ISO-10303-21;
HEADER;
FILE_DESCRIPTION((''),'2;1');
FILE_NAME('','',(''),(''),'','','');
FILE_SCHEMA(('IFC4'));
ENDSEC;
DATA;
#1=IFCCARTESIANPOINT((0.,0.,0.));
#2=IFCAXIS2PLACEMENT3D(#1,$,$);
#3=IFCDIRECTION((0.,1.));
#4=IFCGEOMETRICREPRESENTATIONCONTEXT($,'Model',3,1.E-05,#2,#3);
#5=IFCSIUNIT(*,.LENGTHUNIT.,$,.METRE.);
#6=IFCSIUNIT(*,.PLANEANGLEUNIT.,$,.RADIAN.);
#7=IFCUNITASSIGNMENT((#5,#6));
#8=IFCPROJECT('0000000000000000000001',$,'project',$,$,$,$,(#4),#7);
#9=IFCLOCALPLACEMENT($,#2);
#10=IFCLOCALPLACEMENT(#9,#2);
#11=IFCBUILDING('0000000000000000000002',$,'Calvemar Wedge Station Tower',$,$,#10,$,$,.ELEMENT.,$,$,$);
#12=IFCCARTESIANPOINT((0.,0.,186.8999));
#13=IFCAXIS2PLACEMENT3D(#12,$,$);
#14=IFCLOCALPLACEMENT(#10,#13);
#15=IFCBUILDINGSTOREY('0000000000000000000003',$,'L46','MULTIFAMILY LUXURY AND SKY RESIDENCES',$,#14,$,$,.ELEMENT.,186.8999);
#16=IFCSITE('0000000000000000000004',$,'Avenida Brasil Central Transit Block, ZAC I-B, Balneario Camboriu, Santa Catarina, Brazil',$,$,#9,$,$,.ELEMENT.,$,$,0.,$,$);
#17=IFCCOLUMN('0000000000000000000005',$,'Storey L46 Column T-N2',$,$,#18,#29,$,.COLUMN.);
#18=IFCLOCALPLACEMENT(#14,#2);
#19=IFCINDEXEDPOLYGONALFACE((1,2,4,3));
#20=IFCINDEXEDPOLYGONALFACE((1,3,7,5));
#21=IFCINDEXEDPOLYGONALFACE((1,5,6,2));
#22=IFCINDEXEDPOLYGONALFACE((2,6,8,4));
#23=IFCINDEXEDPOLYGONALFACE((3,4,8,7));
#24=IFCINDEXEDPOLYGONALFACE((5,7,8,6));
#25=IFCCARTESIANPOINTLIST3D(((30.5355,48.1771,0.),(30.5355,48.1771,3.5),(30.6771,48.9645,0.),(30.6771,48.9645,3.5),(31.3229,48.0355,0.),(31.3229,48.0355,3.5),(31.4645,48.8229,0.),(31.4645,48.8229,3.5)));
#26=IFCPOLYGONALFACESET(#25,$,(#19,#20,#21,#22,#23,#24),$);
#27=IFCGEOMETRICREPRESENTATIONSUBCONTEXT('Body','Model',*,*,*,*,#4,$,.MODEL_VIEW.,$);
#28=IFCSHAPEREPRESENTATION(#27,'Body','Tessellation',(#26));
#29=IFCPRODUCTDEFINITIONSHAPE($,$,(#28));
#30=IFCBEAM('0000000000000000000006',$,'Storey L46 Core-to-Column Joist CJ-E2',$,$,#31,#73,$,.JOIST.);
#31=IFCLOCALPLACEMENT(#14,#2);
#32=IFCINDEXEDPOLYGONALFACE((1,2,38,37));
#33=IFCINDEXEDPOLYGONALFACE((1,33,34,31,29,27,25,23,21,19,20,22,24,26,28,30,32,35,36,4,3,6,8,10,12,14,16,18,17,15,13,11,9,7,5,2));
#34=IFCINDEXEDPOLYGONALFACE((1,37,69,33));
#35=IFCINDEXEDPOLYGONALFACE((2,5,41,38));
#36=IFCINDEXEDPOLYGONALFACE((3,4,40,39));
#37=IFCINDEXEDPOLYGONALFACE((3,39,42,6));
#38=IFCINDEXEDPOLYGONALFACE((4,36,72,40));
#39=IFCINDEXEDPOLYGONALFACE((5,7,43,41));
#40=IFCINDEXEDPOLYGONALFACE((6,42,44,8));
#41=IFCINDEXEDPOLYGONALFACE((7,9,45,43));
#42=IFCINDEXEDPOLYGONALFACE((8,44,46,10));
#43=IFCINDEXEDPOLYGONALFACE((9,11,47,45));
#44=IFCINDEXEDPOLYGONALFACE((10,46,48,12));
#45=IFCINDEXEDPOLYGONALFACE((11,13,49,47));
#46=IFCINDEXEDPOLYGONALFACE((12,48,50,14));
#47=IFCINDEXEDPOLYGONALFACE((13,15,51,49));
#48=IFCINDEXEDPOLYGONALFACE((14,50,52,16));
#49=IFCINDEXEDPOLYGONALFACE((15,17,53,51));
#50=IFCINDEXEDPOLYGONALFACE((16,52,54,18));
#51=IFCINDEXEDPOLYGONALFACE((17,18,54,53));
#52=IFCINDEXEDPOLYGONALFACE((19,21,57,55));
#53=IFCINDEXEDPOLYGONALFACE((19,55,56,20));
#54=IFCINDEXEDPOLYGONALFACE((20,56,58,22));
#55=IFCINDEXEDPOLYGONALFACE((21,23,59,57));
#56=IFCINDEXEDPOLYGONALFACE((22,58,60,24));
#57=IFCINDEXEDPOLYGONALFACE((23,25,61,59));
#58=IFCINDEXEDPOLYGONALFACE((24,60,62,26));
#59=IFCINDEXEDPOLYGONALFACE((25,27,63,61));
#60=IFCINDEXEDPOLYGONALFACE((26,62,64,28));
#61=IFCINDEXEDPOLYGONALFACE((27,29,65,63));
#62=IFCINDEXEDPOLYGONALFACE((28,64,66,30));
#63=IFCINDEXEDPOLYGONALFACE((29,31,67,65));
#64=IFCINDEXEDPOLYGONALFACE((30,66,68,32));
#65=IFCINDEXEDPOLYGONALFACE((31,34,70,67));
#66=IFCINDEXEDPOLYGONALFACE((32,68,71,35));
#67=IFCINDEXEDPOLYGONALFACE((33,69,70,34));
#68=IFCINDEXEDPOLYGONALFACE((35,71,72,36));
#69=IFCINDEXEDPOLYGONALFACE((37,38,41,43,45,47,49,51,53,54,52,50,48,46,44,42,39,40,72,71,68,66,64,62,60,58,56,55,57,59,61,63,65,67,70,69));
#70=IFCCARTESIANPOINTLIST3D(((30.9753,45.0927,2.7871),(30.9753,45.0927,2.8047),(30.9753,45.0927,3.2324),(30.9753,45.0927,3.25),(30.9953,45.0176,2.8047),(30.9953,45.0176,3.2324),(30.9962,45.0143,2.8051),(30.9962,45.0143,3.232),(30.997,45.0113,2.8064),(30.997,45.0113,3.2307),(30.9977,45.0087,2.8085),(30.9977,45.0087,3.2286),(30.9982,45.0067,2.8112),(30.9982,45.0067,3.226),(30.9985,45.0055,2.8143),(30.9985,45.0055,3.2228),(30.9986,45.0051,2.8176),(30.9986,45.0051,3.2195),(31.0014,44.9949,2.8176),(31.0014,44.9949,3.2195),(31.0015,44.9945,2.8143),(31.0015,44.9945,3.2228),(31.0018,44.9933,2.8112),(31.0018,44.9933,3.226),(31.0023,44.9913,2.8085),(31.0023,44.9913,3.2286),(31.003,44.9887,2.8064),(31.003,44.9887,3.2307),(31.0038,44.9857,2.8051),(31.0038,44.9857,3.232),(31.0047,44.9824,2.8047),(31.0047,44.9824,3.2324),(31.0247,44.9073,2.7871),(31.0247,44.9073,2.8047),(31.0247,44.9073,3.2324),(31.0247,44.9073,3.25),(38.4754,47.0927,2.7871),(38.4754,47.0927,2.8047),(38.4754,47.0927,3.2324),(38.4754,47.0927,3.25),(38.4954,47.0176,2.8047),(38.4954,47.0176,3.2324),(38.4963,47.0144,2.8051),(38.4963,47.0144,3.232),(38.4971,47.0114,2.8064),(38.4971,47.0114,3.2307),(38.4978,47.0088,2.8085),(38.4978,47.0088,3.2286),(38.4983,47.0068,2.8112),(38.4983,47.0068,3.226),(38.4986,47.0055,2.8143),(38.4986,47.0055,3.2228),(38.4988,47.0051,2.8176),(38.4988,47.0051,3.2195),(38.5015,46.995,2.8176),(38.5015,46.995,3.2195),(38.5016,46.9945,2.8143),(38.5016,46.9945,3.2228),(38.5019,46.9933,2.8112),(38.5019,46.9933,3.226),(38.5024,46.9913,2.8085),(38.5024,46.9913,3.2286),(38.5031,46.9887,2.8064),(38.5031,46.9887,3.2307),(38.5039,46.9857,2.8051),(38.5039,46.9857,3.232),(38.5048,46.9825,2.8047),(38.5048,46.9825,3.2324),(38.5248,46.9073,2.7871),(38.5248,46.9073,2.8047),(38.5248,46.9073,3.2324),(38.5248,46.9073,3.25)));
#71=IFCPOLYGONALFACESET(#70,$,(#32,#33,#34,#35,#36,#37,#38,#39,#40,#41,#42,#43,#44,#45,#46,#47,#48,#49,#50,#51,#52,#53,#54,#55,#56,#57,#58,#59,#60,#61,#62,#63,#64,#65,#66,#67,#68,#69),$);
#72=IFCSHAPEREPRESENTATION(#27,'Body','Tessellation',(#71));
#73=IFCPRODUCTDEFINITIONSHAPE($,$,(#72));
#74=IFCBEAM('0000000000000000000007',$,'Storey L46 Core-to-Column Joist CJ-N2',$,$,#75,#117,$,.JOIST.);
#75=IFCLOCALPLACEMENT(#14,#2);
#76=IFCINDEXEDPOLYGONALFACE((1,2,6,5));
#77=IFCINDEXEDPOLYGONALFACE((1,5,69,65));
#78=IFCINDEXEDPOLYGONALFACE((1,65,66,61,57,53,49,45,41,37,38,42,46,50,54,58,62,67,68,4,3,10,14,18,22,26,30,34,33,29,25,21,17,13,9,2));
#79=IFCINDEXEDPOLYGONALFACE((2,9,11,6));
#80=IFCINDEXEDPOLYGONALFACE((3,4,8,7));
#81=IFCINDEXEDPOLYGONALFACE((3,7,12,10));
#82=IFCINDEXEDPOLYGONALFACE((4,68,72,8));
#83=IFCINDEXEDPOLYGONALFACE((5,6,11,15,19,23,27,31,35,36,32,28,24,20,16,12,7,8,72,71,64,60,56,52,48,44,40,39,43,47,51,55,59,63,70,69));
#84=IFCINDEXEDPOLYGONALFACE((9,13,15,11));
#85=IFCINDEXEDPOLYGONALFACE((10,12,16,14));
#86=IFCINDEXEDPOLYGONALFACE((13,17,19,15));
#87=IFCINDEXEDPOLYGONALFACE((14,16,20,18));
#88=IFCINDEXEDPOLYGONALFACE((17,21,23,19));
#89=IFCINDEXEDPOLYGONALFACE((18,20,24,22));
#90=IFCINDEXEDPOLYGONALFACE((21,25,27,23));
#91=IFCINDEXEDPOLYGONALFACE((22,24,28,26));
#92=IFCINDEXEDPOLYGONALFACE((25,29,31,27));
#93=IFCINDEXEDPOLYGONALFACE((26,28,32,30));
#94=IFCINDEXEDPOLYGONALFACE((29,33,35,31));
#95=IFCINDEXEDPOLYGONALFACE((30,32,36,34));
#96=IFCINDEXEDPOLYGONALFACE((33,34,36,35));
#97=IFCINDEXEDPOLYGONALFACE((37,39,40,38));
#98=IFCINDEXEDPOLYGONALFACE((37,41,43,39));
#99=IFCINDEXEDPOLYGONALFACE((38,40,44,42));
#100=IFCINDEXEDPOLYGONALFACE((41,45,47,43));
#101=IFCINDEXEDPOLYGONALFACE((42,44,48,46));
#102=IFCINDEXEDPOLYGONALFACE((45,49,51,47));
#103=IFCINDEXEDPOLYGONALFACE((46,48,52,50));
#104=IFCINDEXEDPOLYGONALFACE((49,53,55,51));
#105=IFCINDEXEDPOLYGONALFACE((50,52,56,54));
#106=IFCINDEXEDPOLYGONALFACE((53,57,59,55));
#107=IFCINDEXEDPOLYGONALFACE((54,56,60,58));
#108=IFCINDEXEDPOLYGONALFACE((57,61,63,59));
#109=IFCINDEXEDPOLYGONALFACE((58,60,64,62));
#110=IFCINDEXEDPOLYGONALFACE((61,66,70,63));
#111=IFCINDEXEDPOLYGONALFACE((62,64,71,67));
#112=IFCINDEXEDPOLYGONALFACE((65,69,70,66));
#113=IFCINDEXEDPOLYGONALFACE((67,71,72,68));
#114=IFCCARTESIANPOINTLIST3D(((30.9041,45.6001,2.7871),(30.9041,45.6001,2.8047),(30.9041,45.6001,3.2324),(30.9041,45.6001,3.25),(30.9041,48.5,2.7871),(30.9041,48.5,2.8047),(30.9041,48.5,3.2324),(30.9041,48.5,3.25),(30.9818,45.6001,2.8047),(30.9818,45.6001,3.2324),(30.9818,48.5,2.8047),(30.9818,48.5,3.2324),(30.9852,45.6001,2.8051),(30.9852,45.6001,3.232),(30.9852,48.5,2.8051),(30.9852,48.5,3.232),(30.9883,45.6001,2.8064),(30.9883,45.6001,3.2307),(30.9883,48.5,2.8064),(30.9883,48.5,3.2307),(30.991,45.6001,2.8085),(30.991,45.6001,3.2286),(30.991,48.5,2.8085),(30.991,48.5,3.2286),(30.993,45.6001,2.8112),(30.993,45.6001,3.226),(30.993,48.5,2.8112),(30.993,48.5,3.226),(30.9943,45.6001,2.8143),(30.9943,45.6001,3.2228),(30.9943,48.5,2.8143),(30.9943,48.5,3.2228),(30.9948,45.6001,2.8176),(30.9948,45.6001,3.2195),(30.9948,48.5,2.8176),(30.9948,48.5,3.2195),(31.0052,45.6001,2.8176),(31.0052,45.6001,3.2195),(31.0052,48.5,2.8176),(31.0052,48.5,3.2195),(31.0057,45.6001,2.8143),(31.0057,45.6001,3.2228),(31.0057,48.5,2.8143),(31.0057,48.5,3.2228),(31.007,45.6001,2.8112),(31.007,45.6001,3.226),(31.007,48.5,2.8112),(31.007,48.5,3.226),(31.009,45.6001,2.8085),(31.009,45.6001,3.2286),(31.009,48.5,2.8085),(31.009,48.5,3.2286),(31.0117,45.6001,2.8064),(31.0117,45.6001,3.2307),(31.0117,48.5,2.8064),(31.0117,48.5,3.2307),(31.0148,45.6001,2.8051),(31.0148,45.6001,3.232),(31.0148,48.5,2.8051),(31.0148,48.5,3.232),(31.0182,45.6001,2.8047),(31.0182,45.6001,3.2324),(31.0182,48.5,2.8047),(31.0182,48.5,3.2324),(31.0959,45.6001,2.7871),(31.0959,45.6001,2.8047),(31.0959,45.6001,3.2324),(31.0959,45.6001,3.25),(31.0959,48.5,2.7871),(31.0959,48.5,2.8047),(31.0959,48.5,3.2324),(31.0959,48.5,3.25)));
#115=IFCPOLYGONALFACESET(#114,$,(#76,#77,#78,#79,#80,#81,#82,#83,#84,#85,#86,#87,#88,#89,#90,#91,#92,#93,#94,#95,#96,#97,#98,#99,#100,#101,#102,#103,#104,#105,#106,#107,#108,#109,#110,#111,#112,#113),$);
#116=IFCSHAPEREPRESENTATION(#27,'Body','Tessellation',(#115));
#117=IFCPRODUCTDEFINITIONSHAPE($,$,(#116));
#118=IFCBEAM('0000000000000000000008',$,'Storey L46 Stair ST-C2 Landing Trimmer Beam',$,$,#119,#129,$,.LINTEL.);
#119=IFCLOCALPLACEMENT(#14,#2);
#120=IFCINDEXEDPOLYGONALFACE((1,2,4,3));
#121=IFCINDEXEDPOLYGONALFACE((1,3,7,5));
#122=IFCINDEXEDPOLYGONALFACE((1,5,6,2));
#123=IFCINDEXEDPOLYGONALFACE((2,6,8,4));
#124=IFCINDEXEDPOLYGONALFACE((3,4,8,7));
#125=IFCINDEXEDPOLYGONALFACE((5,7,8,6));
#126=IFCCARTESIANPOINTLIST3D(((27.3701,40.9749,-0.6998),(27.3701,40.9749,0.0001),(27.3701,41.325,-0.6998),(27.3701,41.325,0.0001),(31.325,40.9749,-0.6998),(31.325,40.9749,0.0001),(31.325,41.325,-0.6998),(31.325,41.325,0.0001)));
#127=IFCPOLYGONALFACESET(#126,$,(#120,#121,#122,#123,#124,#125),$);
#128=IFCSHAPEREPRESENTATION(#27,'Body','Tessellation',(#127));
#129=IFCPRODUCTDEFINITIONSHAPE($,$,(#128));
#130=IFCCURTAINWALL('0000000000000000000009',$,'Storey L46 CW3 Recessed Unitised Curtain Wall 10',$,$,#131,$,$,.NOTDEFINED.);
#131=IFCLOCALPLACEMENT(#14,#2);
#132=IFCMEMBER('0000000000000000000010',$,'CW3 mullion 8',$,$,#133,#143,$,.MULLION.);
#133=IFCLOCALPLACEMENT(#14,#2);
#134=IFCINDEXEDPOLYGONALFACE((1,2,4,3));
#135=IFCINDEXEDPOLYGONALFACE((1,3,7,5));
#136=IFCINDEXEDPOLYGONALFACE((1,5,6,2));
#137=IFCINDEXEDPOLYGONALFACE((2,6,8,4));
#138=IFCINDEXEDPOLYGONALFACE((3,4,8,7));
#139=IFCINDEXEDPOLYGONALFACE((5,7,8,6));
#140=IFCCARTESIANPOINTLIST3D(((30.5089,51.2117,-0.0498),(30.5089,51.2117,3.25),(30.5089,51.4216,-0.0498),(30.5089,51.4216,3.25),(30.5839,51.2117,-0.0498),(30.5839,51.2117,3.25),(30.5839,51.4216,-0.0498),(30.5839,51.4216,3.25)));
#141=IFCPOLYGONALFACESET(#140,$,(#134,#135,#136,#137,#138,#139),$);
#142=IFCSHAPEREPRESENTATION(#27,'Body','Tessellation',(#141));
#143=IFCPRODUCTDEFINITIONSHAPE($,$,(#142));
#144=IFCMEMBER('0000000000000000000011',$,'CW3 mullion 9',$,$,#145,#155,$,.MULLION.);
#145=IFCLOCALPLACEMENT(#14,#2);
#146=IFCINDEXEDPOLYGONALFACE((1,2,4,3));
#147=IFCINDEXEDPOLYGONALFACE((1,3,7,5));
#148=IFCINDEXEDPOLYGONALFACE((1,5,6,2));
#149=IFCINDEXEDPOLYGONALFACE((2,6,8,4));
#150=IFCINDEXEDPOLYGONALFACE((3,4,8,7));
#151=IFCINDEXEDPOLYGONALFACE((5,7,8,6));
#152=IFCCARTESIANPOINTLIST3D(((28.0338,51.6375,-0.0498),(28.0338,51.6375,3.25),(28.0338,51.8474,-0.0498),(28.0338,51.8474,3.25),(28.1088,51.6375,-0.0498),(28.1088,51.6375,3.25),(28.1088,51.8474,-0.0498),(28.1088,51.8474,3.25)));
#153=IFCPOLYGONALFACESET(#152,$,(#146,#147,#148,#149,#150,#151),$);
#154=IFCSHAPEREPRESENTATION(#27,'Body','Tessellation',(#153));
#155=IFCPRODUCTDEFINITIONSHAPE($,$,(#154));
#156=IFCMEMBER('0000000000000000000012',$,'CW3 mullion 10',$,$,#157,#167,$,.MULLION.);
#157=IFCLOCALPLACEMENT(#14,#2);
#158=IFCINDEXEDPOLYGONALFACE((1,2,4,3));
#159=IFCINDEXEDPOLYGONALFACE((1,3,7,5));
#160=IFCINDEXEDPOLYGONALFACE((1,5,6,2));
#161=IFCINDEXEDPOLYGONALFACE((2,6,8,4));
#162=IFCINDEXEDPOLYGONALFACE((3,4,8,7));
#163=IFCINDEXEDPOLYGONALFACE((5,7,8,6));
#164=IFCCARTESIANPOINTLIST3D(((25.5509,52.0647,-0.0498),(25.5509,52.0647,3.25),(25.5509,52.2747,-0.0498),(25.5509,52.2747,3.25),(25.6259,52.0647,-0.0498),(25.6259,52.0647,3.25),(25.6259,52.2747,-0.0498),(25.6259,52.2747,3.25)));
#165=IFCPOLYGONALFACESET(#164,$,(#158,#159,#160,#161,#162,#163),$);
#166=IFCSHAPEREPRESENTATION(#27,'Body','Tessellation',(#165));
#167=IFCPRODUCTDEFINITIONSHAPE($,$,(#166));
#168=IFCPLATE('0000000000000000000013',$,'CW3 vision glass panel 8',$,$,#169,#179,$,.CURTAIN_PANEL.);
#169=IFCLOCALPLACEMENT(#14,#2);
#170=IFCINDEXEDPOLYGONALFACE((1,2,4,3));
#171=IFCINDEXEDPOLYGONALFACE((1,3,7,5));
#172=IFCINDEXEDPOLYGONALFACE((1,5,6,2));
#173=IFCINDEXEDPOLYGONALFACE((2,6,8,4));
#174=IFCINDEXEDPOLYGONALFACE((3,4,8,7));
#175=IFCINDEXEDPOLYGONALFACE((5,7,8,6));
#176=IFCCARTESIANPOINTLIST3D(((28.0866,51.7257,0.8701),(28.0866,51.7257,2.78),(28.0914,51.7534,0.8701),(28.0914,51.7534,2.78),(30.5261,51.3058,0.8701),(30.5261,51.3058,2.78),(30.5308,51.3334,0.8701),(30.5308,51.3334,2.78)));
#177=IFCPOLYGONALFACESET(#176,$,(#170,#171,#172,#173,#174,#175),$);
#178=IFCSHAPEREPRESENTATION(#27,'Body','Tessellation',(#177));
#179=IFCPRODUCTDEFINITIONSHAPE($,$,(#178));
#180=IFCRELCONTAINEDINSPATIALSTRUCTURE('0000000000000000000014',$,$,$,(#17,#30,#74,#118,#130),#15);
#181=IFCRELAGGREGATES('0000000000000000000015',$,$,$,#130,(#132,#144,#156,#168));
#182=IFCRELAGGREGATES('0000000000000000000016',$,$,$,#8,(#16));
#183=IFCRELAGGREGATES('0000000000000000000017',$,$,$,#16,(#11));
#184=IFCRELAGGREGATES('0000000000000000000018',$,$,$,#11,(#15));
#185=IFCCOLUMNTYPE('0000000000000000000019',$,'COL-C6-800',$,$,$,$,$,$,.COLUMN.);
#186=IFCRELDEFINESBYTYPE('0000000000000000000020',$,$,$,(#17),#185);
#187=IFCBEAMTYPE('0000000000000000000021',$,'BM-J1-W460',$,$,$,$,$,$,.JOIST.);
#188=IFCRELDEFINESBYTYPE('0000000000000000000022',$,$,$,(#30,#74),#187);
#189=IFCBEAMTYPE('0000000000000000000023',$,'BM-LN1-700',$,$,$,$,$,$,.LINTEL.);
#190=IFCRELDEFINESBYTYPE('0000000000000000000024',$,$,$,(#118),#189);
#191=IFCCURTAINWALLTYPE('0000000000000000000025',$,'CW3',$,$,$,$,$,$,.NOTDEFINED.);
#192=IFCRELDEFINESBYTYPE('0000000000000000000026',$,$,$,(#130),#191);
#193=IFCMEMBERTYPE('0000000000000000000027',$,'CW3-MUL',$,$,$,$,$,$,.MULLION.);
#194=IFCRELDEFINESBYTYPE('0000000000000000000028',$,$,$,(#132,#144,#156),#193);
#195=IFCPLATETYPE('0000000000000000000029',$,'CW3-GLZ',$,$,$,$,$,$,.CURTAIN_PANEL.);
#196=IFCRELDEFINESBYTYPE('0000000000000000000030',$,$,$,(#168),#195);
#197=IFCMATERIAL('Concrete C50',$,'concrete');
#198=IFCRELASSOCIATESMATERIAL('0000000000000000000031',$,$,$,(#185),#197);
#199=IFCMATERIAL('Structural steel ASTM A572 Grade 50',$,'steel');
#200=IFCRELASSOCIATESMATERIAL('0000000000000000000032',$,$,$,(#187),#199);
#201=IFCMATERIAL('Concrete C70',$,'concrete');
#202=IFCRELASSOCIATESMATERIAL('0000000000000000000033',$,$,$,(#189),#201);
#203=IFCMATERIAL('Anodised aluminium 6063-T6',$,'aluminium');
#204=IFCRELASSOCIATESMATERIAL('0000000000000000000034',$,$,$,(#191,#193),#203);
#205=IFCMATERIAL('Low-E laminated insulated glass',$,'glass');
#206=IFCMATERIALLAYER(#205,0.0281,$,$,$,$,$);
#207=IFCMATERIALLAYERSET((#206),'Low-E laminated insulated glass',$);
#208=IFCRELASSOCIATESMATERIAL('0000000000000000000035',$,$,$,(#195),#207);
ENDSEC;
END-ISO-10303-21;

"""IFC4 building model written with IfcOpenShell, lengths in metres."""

from ifc_helpers import new_model, si_unit, direction, frame, frame_2d, origin, origin_2d, place, context, subcontext, project, spatial, rectangle, i_section, extrude, source, transform, mapped, material, layer, layer_set, material_profile, profile_set, type_object, element, aggregate, save


model = new_model("IFC4")

# Units and contexts
model_context = context("Model", 3, precision=1e-05, world=origin(), true_north=direction((0.0, 1.0)))
body_context = subcontext(model_context, "Body", "Model", "MODEL_VIEW")
ifc_project = project(units=[si_unit("LENGTHUNIT", "METRE"), si_unit("PLANEANGLEUNIT", "RADIAN")], contexts=[model_context])

# Site, building, storey
site_placement = place(None, origin())
site = spatial("IfcSite", under=ifc_project, at=site_placement, Name="Avenida Brasil Central Transit Block, ZAC I-B, Balneario Camboriu, Santa Catarina, Brazil", CompositionType="ELEMENT", RefElevation=0.0)
building_placement = place(site_placement, origin())
building = spatial("IfcBuilding", under=site, at=building_placement, Name="Calvemar Wedge Station Tower", CompositionType="ELEMENT")
storey_placement = place(building_placement, frame((0.0, 0.0, 186.8999)))
storey = spatial("IfcBuildingStorey", under=building, at=storey_placement, Name="L46", Description="MULTIFAMILY LUXURY AND SKY RESIDENCES", CompositionType="ELEMENT", Elevation=186.8999)

# Column
ifc_material_1 = material(Name="Concrete C50", Category="concrete")
ifc_material_profile_1 = material_profile(ifc_material_1, rectangle(XDim=0.8, YDim=0.8, at=origin_2d()), Name="RC800x800")
ifc_profile_set_1 = profile_set([ifc_material_profile_1], Name="Concrete C50")
column_type = type_object("IfcColumnType", Name="COL-C6-800", PredefinedType="COLUMN", material=ifc_profile_set_1)
shared_shape_1 = source(origin(), body_context, "Body", "SweptSolid", [
    extrude(rectangle(XDim=0.8, YDim=0.8, at=origin_2d()), origin(), (0.0, 0.0, 1.0), 3.5),
])
column_placement = place(storey_placement, frame((31.0, 48.5, 0.0), z_axis=(0.0, 0.0, 1.0), x_axis=(0.984196, -0.177085, 0.0)))
element("IfcColumn", 1, at=column_placement, inside=storey, type_object=column_type, Name="Storey L46 Column T-N2", PredefinedType="COLUMN", context=body_context, shape_type="MappedRepresentation", body=[
    mapped(shared_shape_1, transform((0.0, 0.0, 0.0), scale=1.0)),
])

# Beams
ifc_material_2 = material(Name="Structural steel ASTM A572 Grade 50", Category="steel")
ifc_material_profile_2 = material_profile(ifc_material_2, i_section(OverallWidth=0.1919, OverallDepth=0.4629, WebThickness=0.0105, FlangeThickness=0.0176, FilletRadius=0.0129, at=origin_2d()), Name="W460x89")
ifc_profile_set_2 = profile_set([ifc_material_profile_2], Name="Structural steel ASTM A572 Grade 50")
beam_type_1 = type_object("IfcBeamType", Name="BM-J1-W460", PredefinedType="JOIST", material=ifc_profile_set_2)
shared_shape_2 = source(origin(), body_context, "Body", "SweptSolid", [
    extrude(i_section(OverallWidth=0.1919, OverallDepth=0.4629, WebThickness=0.0105, FlangeThickness=0.0176, FilletRadius=0.0129, at=origin_2d()), origin(), (0.0, 0.0, 1.0), 7.7622),
])
beam_1_placement = place(storey_placement, frame((31.0, 45.0, 3.0186), z_axis=(0.966235, 0.257663, 0.0), x_axis=(-0.257663, 0.966235, 0.0)))
element("IfcBeam", 2, at=beam_1_placement, inside=storey, type_object=beam_type_1, Name="Storey L46 Core-to-Column Joist CJ-E2", PredefinedType="JOIST", context=body_context, shape_type="MappedRepresentation", body=[
    mapped(shared_shape_2, transform((0.0, 0.0, 0.0), scale=1.0)),
])
shared_shape_3 = source(origin(), body_context, "Body", "SweptSolid", [
    extrude(i_section(OverallWidth=0.1919, OverallDepth=0.4629, WebThickness=0.0105, FlangeThickness=0.0176, FilletRadius=0.0129, at=origin_2d()), origin(), (0.0, 0.0, 1.0), 2.8999),
])
beam_2_placement = place(storey_placement, frame((31.0, 45.6001, 3.0186), z_axis=(0.0, 1.0, 0.0), x_axis=(-1.0, 0.0, 0.0)))
element("IfcBeam", 3, at=beam_2_placement, inside=storey, type_object=beam_type_1, Name="Storey L46 Core-to-Column Joist CJ-N2", PredefinedType="JOIST", context=body_context, shape_type="MappedRepresentation", body=[
    mapped(shared_shape_3, transform((0.0, 0.0, 0.0), scale=1.0)),
])
ifc_material_3 = material(Name="Concrete C70", Category="concrete")
ifc_material_profile_3 = material_profile(ifc_material_3, rectangle(XDim=0.3501, YDim=0.7, at=origin_2d()), Name="RC350x700")
ifc_profile_set_3 = profile_set([ifc_material_profile_3], Name="Concrete C70")
beam_type_2 = type_object("IfcBeamType", Name="BM-LN1-700", PredefinedType="LINTEL", material=ifc_profile_set_3)
shared_shape_4 = source(origin(), body_context, "Body", "SweptSolid", [
    extrude(rectangle(XDim=0.3501, YDim=0.7, at=origin_2d()), origin(), (0.0, 0.0, 1.0), 3.9548),
])
beam_3_placement = place(storey_placement, frame((27.3701, 41.1499, -0.3499), z_axis=(1.0, 0.0, 0.0), x_axis=(0.0, 1.0, 0.0)))
element("IfcBeam", 4, at=beam_3_placement, inside=storey, type_object=beam_type_2, Name="Storey L46 Stair ST-C2 Landing Trimmer Beam", PredefinedType="LINTEL", context=body_context, shape_type="MappedRepresentation", body=[
    mapped(shared_shape_4, transform((0.0, 0.0, 0.0), scale=1.0)),
])

# Curtain wall, members, plate
ifc_material_4 = material(Name="Anodised aluminium 6063-T6", Category="aluminium")
curtain_wall_type = type_object("IfcCurtainWallType", Name="CW3", PredefinedType="NOTDEFINED", material=ifc_material_4)
curtain_wall_placement = place(storey_placement, origin())
curtain_wall = element("IfcCurtainWall", 5, at=curtain_wall_placement, inside=storey, type_object=curtain_wall_type, Name="Storey L46 CW3 Recessed Unitised Curtain Wall 10", PredefinedType="NOTDEFINED")
ifc_material_profile_4 = material_profile(ifc_material_4, rectangle(XDim=0.075, YDim=0.21, at=origin_2d()), Name="AL-MUL-75x210")
ifc_profile_set_4 = profile_set([ifc_material_profile_4], Name="Anodised aluminium 6063-T6")
member_type = type_object("IfcMemberType", Name="CW3-MUL", PredefinedType="MULLION", material=ifc_profile_set_4)
shared_shape_5 = source(origin(), body_context, "Body", "SweptSolid", [
    extrude(rectangle(XDim=0.075, YDim=0.21, at=origin_2d()), origin(), (0.0, 0.0, 1.0), 3.2998),
])
member_1_placement = place(storey_placement, frame((30.5464, 51.3167, -0.0498), z_axis=(0.0, 0.0, 1.0), x_axis=(1.0, 0.0, 0.0)))
member_1 = element("IfcMember", 6, at=member_1_placement, type_object=member_type, Name="CW3 mullion 8", PredefinedType="MULLION", context=body_context, shape_type="MappedRepresentation", body=[
    mapped(shared_shape_5, transform((0.0, 0.0, 0.0), scale=1.0)),
])
member_2_placement = place(storey_placement, frame((28.0713, 51.7424, -0.0498), z_axis=(0.0, 0.0, 1.0), x_axis=(1.0, 0.0, 0.0)))
member_2 = element("IfcMember", 7, at=member_2_placement, type_object=member_type, Name="CW3 mullion 9", PredefinedType="MULLION", context=body_context, shape_type="MappedRepresentation", body=[
    mapped(shared_shape_5, transform((0.0, 0.0, 0.0), scale=1.0)),
])
member_3_placement = place(storey_placement, frame((25.5884, 52.1697, -0.0498), z_axis=(0.0, 0.0, 1.0), x_axis=(1.0, 0.0, 0.0)))
member_3 = element("IfcMember", 8, at=member_3_placement, type_object=member_type, Name="CW3 mullion 10", PredefinedType="MULLION", context=body_context, shape_type="MappedRepresentation", body=[
    mapped(shared_shape_5, transform((0.0, 0.0, 0.0), scale=1.0)),
])
ifc_material_5 = material(Name="Low-E laminated insulated glass", Category="glass")
ifc_layer_1 = layer(ifc_material_5, 0.0281)
ifc_layer_set_1 = layer_set([ifc_layer_1], Name="Low-E laminated insulated glass")
plate_type_1 = type_object("IfcPlateType", Name="CW3-GLZ", PredefinedType="CURTAIN_PANEL", material=ifc_layer_set_1)
plate_1_placement = place(storey_placement, frame((30.5286, 51.3196, 0.8701), z_axis=(0.0, 0.0, 1.0), x_axis=(-0.985506, 0.169643, 0.0)))
plate_1 = element("IfcPlate", 9, at=plate_1_placement, type_object=plate_type_1, Name="CW3 vision glass panel 8", PredefinedType="CURTAIN_PANEL", context=body_context, shape_type="SweptSolid", body=[
    extrude(rectangle(XDim=2.4753, YDim=0.0281, at=frame_2d((1.2378, 0.0))), origin(), (0.0, 0.0, 1.0), 1.9099),
])
aggregate(curtain_wall, [member_1, member_2, member_3, plate_1])

save(model, "model.ifc")
